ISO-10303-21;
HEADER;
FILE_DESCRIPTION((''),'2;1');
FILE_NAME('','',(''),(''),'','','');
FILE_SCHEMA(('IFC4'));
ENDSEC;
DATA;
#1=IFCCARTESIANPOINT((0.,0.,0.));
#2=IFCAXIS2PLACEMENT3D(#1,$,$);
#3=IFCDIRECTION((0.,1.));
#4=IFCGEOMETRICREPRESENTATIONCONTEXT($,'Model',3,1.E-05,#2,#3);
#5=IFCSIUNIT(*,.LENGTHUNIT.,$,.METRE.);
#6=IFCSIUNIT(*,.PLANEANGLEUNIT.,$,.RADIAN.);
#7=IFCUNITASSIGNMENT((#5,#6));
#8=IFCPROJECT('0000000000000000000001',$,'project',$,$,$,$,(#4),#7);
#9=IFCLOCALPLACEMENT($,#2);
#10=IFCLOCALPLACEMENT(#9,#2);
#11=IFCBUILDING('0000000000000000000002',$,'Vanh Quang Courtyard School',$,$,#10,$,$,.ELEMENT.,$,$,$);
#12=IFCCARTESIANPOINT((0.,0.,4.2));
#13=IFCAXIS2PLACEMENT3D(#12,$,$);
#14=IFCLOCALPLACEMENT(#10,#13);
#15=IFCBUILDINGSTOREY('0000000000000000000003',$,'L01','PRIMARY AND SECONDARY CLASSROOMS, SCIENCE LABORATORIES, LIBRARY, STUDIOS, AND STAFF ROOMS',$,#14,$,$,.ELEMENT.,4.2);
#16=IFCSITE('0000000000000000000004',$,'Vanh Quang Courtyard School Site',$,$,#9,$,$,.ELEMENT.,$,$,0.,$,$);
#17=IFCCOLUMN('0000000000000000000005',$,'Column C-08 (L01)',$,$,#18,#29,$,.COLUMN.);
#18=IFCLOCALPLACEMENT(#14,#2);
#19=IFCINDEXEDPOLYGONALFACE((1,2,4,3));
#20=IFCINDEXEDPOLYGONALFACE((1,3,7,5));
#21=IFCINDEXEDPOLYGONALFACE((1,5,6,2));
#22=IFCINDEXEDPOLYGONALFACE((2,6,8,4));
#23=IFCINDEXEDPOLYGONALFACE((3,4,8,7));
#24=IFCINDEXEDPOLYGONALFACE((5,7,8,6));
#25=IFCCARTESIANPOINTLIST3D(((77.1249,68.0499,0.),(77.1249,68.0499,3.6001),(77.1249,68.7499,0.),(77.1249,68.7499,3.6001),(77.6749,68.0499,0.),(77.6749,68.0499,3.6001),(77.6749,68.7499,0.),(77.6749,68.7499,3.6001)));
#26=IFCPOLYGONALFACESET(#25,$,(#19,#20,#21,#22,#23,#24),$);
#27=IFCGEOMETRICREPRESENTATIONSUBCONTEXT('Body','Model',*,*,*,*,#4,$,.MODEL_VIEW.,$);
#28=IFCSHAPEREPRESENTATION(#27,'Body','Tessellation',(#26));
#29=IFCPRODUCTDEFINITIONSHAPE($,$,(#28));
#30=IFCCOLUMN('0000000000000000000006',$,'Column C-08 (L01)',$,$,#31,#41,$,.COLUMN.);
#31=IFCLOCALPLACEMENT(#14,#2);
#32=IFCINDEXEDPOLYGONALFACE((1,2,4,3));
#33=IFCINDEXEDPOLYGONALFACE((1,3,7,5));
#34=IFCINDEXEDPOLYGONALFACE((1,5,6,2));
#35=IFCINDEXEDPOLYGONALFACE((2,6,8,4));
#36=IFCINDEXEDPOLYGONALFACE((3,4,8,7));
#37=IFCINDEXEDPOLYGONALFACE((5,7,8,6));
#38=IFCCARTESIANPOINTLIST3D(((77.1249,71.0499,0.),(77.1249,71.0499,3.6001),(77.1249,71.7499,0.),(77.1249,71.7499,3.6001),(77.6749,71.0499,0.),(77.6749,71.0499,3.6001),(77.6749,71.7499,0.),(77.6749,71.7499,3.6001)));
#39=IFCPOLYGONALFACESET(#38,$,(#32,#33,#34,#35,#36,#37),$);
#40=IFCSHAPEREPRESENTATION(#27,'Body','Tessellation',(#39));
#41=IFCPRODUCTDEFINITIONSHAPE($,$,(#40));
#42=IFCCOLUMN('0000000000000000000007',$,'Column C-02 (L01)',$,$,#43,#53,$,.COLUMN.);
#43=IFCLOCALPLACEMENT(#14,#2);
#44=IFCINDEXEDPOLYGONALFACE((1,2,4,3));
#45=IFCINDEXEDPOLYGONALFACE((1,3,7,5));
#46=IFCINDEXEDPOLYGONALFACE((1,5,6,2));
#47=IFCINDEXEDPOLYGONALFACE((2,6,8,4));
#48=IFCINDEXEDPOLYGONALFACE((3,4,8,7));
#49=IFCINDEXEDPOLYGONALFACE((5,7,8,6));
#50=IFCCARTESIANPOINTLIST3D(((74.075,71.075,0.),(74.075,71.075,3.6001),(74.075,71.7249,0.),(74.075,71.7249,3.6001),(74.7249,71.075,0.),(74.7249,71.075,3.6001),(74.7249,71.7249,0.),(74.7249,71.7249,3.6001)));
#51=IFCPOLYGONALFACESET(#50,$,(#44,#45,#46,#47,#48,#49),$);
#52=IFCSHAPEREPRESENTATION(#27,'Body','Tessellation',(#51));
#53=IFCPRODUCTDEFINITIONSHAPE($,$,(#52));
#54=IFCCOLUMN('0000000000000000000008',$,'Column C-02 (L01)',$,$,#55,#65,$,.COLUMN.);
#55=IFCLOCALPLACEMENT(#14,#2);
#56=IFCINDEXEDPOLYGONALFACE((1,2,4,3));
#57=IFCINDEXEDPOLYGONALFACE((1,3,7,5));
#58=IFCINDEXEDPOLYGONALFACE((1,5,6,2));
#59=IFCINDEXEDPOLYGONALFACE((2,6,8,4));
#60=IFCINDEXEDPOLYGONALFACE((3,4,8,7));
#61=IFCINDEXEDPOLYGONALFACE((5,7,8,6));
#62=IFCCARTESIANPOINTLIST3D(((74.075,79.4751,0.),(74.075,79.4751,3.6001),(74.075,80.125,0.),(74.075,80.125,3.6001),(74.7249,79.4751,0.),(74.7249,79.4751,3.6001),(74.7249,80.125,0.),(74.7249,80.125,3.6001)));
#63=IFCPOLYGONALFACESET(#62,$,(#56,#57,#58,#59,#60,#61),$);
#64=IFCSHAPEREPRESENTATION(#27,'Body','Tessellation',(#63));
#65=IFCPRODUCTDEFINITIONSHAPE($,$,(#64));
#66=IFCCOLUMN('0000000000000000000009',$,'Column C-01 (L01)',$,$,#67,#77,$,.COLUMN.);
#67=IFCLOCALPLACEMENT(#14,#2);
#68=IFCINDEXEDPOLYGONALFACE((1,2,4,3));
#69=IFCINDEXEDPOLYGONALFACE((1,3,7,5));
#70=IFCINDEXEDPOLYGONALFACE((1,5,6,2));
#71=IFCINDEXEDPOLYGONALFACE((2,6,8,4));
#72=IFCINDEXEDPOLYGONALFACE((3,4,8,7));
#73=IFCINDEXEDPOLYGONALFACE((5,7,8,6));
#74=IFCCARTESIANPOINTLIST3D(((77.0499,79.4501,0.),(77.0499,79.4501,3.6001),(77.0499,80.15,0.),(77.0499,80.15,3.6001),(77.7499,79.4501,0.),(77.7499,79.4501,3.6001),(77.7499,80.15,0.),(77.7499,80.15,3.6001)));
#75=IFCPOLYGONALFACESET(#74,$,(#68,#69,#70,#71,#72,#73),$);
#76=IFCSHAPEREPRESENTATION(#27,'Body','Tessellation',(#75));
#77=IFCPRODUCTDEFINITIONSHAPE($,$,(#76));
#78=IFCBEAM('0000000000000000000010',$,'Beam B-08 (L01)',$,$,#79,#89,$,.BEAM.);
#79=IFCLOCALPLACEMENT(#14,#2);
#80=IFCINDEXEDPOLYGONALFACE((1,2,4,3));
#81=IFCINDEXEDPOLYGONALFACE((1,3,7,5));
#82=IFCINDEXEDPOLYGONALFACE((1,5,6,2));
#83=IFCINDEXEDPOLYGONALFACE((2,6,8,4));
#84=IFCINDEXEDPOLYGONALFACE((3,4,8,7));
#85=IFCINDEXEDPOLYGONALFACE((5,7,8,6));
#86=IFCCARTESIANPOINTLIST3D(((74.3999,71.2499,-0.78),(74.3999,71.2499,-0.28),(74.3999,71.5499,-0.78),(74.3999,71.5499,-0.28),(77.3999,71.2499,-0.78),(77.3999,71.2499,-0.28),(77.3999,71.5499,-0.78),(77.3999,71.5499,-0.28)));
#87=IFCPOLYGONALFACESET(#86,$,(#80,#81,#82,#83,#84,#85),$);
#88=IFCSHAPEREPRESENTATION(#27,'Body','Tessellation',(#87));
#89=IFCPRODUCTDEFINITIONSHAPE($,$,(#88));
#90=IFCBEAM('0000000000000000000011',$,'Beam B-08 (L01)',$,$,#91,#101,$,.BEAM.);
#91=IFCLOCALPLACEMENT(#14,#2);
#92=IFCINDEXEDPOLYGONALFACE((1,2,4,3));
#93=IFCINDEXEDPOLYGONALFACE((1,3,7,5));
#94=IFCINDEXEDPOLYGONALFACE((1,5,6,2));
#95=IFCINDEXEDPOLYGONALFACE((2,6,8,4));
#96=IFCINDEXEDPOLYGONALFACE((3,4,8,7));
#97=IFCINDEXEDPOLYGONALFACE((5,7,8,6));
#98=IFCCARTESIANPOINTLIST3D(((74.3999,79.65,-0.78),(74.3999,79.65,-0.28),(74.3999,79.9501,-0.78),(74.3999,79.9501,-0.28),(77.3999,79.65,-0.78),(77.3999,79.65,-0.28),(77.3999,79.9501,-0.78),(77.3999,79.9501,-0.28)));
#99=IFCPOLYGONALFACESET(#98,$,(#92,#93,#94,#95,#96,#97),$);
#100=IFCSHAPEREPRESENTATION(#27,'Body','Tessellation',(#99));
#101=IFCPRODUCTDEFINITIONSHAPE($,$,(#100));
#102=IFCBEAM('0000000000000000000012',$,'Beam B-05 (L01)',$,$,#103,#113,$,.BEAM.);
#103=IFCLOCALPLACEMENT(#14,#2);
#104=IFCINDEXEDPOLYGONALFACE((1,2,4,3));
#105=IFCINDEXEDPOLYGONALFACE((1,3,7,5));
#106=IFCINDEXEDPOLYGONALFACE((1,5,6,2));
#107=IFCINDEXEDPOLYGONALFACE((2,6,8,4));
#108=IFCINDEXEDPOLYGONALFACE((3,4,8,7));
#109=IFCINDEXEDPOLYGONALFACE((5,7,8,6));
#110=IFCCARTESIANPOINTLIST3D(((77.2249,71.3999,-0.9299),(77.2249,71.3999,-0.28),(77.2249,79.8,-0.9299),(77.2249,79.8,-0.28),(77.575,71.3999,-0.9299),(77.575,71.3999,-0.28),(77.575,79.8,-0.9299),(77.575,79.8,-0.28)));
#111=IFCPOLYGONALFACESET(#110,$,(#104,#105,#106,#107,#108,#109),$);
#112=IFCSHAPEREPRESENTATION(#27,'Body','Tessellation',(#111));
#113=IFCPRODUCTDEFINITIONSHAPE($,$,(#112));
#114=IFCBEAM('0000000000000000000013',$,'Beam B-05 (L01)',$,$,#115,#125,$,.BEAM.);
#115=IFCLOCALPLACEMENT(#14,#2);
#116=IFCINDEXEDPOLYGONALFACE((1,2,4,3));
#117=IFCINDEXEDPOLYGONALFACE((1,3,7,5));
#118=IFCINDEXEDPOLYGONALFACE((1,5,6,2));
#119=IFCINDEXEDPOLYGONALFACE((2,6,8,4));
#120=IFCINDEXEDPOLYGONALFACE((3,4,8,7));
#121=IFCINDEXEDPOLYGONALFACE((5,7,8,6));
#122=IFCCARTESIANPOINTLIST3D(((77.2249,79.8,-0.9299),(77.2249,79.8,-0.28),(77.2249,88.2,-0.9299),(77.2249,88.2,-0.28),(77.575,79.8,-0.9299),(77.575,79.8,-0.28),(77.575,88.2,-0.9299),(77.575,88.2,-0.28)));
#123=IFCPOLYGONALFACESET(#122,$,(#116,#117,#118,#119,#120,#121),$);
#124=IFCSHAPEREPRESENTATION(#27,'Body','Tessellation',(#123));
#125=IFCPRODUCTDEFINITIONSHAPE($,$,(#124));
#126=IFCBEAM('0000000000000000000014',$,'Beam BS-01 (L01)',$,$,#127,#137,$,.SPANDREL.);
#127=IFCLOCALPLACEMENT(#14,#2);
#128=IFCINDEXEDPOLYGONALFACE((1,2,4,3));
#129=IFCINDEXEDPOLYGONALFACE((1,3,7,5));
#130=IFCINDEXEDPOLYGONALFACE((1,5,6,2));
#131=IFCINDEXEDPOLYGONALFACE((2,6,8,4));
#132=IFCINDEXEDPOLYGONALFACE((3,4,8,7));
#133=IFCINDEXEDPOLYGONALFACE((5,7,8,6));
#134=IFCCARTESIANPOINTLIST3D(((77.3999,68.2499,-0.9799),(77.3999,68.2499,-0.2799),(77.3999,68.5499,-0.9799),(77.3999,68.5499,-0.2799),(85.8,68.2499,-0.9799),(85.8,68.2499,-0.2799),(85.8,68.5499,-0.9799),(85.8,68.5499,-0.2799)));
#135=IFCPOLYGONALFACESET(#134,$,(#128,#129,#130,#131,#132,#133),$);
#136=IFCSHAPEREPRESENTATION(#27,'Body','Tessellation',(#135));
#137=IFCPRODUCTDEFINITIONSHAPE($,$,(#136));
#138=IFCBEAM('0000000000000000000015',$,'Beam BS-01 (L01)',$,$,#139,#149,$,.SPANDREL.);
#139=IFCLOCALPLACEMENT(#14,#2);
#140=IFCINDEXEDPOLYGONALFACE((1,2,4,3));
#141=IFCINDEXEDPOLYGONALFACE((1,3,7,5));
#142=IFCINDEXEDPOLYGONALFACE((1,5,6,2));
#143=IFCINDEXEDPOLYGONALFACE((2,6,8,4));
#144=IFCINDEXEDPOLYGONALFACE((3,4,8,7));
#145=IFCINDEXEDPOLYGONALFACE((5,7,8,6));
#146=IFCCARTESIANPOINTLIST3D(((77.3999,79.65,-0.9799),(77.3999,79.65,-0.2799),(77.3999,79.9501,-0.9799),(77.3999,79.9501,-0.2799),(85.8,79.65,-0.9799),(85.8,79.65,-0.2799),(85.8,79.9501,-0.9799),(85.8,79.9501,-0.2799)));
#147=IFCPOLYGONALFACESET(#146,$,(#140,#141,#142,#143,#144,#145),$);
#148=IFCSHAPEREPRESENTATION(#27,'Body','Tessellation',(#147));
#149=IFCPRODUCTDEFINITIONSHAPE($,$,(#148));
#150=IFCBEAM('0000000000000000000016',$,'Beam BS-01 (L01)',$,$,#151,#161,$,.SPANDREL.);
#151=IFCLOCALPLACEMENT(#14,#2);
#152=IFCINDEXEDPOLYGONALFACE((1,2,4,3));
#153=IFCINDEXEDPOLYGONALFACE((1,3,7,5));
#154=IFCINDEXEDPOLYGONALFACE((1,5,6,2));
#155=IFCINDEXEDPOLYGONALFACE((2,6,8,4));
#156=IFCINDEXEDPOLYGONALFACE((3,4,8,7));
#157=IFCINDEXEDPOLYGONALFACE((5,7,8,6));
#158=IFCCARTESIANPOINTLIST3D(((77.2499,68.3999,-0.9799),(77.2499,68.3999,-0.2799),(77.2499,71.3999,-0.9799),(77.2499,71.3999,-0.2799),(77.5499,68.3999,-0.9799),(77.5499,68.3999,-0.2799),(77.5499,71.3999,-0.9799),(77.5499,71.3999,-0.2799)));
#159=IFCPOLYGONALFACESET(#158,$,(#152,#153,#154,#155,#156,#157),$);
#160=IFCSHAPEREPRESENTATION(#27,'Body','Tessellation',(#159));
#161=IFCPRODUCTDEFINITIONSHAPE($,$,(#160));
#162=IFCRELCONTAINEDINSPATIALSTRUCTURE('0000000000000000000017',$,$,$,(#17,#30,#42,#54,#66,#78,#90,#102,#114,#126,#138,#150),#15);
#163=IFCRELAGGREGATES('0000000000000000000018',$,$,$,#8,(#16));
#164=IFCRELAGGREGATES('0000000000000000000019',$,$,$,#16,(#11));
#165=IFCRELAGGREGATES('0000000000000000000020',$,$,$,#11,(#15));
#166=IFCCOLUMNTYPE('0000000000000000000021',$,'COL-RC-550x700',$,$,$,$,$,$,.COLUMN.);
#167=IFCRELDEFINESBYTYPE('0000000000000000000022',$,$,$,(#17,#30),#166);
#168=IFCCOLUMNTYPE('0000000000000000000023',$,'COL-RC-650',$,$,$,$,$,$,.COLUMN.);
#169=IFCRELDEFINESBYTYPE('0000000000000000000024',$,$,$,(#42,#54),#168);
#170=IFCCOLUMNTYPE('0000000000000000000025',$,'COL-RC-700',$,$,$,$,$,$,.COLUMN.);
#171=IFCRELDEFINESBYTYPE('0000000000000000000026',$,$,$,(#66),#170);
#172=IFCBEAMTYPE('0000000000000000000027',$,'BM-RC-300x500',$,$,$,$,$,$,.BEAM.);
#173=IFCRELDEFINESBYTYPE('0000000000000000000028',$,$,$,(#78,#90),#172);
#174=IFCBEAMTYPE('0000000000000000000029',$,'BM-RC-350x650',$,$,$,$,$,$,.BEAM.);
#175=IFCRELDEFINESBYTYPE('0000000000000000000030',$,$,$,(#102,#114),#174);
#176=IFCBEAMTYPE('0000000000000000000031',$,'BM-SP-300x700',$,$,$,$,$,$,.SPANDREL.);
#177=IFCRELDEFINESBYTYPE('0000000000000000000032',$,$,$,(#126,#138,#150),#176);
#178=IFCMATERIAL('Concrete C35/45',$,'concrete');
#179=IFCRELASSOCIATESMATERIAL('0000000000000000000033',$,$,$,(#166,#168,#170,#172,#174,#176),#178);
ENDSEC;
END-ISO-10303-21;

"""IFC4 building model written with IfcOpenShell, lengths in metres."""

from ifc_helpers import new_model, si_unit, direction, frame, origin, origin_2d, place, context, subcontext, project, spatial, rectangle, extrude, material, material_profile, profile_set, type_object, element, save


model = new_model("IFC4")

# Units and contexts
model_context = context("Model", 3, precision=1e-05, world=origin(), true_north=direction((0.0, 1.0)))
body_context = subcontext(model_context, "Body", "Model", "MODEL_VIEW")
ifc_project = project(units=[si_unit("LENGTHUNIT", "METRE"), si_unit("PLANEANGLEUNIT", "RADIAN")], contexts=[model_context])

# Site, building, storey
site_placement = place(None, origin())
site = spatial("IfcSite", under=ifc_project, at=site_placement, Name="Vanh Quang Courtyard School Site", CompositionType="ELEMENT", RefElevation=0.0)
building_placement = place(site_placement, origin())
building = spatial("IfcBuilding", under=site, at=building_placement, Name="Vanh Quang Courtyard School", CompositionType="ELEMENT")
storey_placement = place(building_placement, frame((0.0, 0.0, 4.2)))
storey = spatial("IfcBuildingStorey", under=building, at=storey_placement, Name="L01", Description="PRIMARY AND SECONDARY CLASSROOMS, SCIENCE LABORATORIES, LIBRARY, STUDIOS, AND STAFF ROOMS", CompositionType="ELEMENT", Elevation=4.2)

# Columns
ifc_material_1 = material(Name="Concrete C35/45", Category="concrete")
ifc_material_profile_1 = material_profile(ifc_material_1, rectangle(XDim=0.55, YDim=0.7, at=origin_2d()), Name="RC-COL 550x700")
ifc_profile_set_1 = profile_set([ifc_material_profile_1], Name="Concrete C35/45")
column_type_1 = type_object("IfcColumnType", Name="COL-RC-550x700", PredefinedType="COLUMN", material=ifc_profile_set_1)
for number, where, z_axis, x_axis, name in (
    (1, (77.3999, 68.3999, 0.0), (0.0, 0.0, 1.0), (1.0, 0.0, 0.0), "Column C-08 (L01)"),
    (2, (77.3999, 71.3999, 0.0), (0.0, 0.0, 1.0), (1.0, 0.0, 0.0), "Column C-08 (L01)"),
):
    element("IfcColumn", number, at=place(storey_placement, frame(where, z_axis=z_axis, x_axis=x_axis)), inside=storey, type_object=column_type_1, Name=name, PredefinedType="COLUMN", context=body_context, shape_type="SweptSolid", body=[
        extrude(rectangle(XDim=0.55, YDim=0.7, at=origin_2d()), origin(), (0.0, 0.0, 1.0), 3.6001),
    ])
ifc_material_profile_2 = material_profile(ifc_material_1, rectangle(XDim=0.6499, YDim=0.6499, at=origin_2d()), Name="RC-COL 650x650")
ifc_profile_set_2 = profile_set([ifc_material_profile_2], Name="Concrete C35/45")
column_type_2 = type_object("IfcColumnType", Name="COL-RC-650", PredefinedType="COLUMN", material=ifc_profile_set_2)
for number, where, z_axis, x_axis, name in (
    (3, (74.3999, 71.3999, 0.0), (0.0, 0.0, 1.0), (1.0, 0.0, 0.0), "Column C-02 (L01)"),
    (4, (74.3999, 79.8, 0.0), (0.0, 0.0, 1.0), (1.0, 0.0, 0.0), "Column C-02 (L01)"),
):
    element("IfcColumn", number, at=place(storey_placement, frame(where, z_axis=z_axis, x_axis=x_axis)), inside=storey, type_object=column_type_2, Name=name, PredefinedType="COLUMN", context=body_context, shape_type="SweptSolid", body=[
        extrude(rectangle(XDim=0.6499, YDim=0.6499, at=origin_2d()), origin(), (0.0, 0.0, 1.0), 3.6001),
    ])
ifc_material_profile_3 = material_profile(ifc_material_1, rectangle(XDim=0.7, YDim=0.7, at=origin_2d()), Name="RC-COL 700x700")
ifc_profile_set_3 = profile_set([ifc_material_profile_3], Name="Concrete C35/45")
column_type_3 = type_object("IfcColumnType", Name="COL-RC-700", PredefinedType="COLUMN", material=ifc_profile_set_3)
column_placement = place(storey_placement, frame((77.3999, 79.8, 0.0), z_axis=(0.0, 0.0, 1.0), x_axis=(1.0, 0.0, 0.0)))
element("IfcColumn", 5, at=column_placement, inside=storey, type_object=column_type_3, Name="Column C-01 (L01)", PredefinedType="COLUMN", context=body_context, shape_type="SweptSolid", body=[
    extrude(rectangle(XDim=0.7, YDim=0.7, at=origin_2d()), origin(), (0.0, 0.0, 1.0), 3.6001),
])

# Beams
ifc_material_profile_4 = material_profile(ifc_material_1, rectangle(XDim=0.3, YDim=0.5, at=origin_2d()), Name="RC-BM 300x500")
ifc_profile_set_4 = profile_set([ifc_material_profile_4], Name="Concrete C35/45")
beam_type_1 = type_object("IfcBeamType", Name="BM-RC-300x500", PredefinedType="BEAM", material=ifc_profile_set_4)
for number, where, z_axis, x_axis, name in (
    (6, (74.3999, 71.3999, -0.53), (1.0, 0.0, 0.0), (0.0, 1.0, 0.0), "Beam B-08 (L01)"),
    (7, (74.3999, 79.8, -0.53), (1.0, 0.0, 0.0), (0.0, 1.0, 0.0), "Beam B-08 (L01)"),
):
    element("IfcBeam", number, at=place(storey_placement, frame(where, z_axis=z_axis, x_axis=x_axis)), inside=storey, type_object=beam_type_1, Name=name, PredefinedType="BEAM", context=body_context, shape_type="SweptSolid", body=[
        extrude(rectangle(XDim=0.3, YDim=0.5, at=origin_2d()), origin(), (0.0, 0.0, 1.0), 3.0),
    ])
ifc_material_profile_5 = material_profile(ifc_material_1, rectangle(XDim=0.3501, YDim=0.6499, at=origin_2d()), Name="RC-BM 350x650")
ifc_profile_set_5 = profile_set([ifc_material_profile_5], Name="Concrete C35/45")
beam_type_2 = type_object("IfcBeamType", Name="BM-RC-350x650", PredefinedType="BEAM", material=ifc_profile_set_5)
beam_1_placement = place(storey_placement, frame((77.3999, 71.3999, -0.605), z_axis=(0.0, 1.0, 0.0), x_axis=(-1.0, 0.0, 0.0)))
element("IfcBeam", 8, at=beam_1_placement, inside=storey, type_object=beam_type_2, Name="Beam B-05 (L01)", PredefinedType="BEAM", context=body_context, shape_type="SweptSolid", body=[
    extrude(rectangle(XDim=0.3501, YDim=0.6499, at=origin_2d()), origin(), (0.0, 0.0, 1.0), 8.4001),
])
beam_2_placement = place(storey_placement, frame((77.3999, 79.8, -0.605), z_axis=(0.0, 1.0, 0.0), x_axis=(-1.0, 0.0, 0.0)))
element("IfcBeam", 9, at=beam_2_placement, inside=storey, type_object=beam_type_2, Name="Beam B-05 (L01)", PredefinedType="BEAM", context=body_context, shape_type="SweptSolid", body=[
    extrude(rectangle(XDim=0.3501, YDim=0.6499, at=origin_2d()), origin(), (0.0, 0.0, 1.0), 8.3999),
])
ifc_material_profile_6 = material_profile(ifc_material_1, rectangle(XDim=0.3, YDim=0.7, at=origin_2d()), Name="RC-SP 300x700")
ifc_profile_set_6 = profile_set([ifc_material_profile_6], Name="Concrete C35/45")
beam_type_3 = type_object("IfcBeamType", Name="BM-SP-300x700", PredefinedType="SPANDREL", material=ifc_profile_set_6)
for number, where, z_axis, x_axis, name in (
    (10, (77.3999, 68.3999, -0.6299), (1.0, 0.0, 0.0), (0.0, 1.0, 0.0), "Beam BS-01 (L01)"),
    (11, (77.3999, 79.8, -0.6299), (1.0, 0.0, 0.0), (0.0, 1.0, 0.0), "Beam BS-01 (L01)"),
):
    element("IfcBeam", number, at=place(storey_placement, frame(where, z_axis=z_axis, x_axis=x_axis)), inside=storey, type_object=beam_type_3, Name=name, PredefinedType="SPANDREL", context=body_context, shape_type="SweptSolid", body=[
        extrude(rectangle(XDim=0.3, YDim=0.7, at=origin_2d()), origin(), (0.0, 0.0, 1.0), 8.4001),
    ])
beam_3_placement = place(storey_placement, frame((77.3999, 68.3999, -0.6299), z_axis=(0.0, 1.0, 0.0), x_axis=(-1.0, 0.0, 0.0)))
element("IfcBeam", 12, at=beam_3_placement, inside=storey, type_object=beam_type_3, Name="Beam BS-01 (L01)", PredefinedType="SPANDREL", context=body_context, shape_type="SweptSolid", body=[
    extrude(rectangle(XDim=0.3, YDim=0.7, at=origin_2d()), origin(), (0.0, 0.0, 1.0), 3.0),
])

save(model, "model.ifc")
